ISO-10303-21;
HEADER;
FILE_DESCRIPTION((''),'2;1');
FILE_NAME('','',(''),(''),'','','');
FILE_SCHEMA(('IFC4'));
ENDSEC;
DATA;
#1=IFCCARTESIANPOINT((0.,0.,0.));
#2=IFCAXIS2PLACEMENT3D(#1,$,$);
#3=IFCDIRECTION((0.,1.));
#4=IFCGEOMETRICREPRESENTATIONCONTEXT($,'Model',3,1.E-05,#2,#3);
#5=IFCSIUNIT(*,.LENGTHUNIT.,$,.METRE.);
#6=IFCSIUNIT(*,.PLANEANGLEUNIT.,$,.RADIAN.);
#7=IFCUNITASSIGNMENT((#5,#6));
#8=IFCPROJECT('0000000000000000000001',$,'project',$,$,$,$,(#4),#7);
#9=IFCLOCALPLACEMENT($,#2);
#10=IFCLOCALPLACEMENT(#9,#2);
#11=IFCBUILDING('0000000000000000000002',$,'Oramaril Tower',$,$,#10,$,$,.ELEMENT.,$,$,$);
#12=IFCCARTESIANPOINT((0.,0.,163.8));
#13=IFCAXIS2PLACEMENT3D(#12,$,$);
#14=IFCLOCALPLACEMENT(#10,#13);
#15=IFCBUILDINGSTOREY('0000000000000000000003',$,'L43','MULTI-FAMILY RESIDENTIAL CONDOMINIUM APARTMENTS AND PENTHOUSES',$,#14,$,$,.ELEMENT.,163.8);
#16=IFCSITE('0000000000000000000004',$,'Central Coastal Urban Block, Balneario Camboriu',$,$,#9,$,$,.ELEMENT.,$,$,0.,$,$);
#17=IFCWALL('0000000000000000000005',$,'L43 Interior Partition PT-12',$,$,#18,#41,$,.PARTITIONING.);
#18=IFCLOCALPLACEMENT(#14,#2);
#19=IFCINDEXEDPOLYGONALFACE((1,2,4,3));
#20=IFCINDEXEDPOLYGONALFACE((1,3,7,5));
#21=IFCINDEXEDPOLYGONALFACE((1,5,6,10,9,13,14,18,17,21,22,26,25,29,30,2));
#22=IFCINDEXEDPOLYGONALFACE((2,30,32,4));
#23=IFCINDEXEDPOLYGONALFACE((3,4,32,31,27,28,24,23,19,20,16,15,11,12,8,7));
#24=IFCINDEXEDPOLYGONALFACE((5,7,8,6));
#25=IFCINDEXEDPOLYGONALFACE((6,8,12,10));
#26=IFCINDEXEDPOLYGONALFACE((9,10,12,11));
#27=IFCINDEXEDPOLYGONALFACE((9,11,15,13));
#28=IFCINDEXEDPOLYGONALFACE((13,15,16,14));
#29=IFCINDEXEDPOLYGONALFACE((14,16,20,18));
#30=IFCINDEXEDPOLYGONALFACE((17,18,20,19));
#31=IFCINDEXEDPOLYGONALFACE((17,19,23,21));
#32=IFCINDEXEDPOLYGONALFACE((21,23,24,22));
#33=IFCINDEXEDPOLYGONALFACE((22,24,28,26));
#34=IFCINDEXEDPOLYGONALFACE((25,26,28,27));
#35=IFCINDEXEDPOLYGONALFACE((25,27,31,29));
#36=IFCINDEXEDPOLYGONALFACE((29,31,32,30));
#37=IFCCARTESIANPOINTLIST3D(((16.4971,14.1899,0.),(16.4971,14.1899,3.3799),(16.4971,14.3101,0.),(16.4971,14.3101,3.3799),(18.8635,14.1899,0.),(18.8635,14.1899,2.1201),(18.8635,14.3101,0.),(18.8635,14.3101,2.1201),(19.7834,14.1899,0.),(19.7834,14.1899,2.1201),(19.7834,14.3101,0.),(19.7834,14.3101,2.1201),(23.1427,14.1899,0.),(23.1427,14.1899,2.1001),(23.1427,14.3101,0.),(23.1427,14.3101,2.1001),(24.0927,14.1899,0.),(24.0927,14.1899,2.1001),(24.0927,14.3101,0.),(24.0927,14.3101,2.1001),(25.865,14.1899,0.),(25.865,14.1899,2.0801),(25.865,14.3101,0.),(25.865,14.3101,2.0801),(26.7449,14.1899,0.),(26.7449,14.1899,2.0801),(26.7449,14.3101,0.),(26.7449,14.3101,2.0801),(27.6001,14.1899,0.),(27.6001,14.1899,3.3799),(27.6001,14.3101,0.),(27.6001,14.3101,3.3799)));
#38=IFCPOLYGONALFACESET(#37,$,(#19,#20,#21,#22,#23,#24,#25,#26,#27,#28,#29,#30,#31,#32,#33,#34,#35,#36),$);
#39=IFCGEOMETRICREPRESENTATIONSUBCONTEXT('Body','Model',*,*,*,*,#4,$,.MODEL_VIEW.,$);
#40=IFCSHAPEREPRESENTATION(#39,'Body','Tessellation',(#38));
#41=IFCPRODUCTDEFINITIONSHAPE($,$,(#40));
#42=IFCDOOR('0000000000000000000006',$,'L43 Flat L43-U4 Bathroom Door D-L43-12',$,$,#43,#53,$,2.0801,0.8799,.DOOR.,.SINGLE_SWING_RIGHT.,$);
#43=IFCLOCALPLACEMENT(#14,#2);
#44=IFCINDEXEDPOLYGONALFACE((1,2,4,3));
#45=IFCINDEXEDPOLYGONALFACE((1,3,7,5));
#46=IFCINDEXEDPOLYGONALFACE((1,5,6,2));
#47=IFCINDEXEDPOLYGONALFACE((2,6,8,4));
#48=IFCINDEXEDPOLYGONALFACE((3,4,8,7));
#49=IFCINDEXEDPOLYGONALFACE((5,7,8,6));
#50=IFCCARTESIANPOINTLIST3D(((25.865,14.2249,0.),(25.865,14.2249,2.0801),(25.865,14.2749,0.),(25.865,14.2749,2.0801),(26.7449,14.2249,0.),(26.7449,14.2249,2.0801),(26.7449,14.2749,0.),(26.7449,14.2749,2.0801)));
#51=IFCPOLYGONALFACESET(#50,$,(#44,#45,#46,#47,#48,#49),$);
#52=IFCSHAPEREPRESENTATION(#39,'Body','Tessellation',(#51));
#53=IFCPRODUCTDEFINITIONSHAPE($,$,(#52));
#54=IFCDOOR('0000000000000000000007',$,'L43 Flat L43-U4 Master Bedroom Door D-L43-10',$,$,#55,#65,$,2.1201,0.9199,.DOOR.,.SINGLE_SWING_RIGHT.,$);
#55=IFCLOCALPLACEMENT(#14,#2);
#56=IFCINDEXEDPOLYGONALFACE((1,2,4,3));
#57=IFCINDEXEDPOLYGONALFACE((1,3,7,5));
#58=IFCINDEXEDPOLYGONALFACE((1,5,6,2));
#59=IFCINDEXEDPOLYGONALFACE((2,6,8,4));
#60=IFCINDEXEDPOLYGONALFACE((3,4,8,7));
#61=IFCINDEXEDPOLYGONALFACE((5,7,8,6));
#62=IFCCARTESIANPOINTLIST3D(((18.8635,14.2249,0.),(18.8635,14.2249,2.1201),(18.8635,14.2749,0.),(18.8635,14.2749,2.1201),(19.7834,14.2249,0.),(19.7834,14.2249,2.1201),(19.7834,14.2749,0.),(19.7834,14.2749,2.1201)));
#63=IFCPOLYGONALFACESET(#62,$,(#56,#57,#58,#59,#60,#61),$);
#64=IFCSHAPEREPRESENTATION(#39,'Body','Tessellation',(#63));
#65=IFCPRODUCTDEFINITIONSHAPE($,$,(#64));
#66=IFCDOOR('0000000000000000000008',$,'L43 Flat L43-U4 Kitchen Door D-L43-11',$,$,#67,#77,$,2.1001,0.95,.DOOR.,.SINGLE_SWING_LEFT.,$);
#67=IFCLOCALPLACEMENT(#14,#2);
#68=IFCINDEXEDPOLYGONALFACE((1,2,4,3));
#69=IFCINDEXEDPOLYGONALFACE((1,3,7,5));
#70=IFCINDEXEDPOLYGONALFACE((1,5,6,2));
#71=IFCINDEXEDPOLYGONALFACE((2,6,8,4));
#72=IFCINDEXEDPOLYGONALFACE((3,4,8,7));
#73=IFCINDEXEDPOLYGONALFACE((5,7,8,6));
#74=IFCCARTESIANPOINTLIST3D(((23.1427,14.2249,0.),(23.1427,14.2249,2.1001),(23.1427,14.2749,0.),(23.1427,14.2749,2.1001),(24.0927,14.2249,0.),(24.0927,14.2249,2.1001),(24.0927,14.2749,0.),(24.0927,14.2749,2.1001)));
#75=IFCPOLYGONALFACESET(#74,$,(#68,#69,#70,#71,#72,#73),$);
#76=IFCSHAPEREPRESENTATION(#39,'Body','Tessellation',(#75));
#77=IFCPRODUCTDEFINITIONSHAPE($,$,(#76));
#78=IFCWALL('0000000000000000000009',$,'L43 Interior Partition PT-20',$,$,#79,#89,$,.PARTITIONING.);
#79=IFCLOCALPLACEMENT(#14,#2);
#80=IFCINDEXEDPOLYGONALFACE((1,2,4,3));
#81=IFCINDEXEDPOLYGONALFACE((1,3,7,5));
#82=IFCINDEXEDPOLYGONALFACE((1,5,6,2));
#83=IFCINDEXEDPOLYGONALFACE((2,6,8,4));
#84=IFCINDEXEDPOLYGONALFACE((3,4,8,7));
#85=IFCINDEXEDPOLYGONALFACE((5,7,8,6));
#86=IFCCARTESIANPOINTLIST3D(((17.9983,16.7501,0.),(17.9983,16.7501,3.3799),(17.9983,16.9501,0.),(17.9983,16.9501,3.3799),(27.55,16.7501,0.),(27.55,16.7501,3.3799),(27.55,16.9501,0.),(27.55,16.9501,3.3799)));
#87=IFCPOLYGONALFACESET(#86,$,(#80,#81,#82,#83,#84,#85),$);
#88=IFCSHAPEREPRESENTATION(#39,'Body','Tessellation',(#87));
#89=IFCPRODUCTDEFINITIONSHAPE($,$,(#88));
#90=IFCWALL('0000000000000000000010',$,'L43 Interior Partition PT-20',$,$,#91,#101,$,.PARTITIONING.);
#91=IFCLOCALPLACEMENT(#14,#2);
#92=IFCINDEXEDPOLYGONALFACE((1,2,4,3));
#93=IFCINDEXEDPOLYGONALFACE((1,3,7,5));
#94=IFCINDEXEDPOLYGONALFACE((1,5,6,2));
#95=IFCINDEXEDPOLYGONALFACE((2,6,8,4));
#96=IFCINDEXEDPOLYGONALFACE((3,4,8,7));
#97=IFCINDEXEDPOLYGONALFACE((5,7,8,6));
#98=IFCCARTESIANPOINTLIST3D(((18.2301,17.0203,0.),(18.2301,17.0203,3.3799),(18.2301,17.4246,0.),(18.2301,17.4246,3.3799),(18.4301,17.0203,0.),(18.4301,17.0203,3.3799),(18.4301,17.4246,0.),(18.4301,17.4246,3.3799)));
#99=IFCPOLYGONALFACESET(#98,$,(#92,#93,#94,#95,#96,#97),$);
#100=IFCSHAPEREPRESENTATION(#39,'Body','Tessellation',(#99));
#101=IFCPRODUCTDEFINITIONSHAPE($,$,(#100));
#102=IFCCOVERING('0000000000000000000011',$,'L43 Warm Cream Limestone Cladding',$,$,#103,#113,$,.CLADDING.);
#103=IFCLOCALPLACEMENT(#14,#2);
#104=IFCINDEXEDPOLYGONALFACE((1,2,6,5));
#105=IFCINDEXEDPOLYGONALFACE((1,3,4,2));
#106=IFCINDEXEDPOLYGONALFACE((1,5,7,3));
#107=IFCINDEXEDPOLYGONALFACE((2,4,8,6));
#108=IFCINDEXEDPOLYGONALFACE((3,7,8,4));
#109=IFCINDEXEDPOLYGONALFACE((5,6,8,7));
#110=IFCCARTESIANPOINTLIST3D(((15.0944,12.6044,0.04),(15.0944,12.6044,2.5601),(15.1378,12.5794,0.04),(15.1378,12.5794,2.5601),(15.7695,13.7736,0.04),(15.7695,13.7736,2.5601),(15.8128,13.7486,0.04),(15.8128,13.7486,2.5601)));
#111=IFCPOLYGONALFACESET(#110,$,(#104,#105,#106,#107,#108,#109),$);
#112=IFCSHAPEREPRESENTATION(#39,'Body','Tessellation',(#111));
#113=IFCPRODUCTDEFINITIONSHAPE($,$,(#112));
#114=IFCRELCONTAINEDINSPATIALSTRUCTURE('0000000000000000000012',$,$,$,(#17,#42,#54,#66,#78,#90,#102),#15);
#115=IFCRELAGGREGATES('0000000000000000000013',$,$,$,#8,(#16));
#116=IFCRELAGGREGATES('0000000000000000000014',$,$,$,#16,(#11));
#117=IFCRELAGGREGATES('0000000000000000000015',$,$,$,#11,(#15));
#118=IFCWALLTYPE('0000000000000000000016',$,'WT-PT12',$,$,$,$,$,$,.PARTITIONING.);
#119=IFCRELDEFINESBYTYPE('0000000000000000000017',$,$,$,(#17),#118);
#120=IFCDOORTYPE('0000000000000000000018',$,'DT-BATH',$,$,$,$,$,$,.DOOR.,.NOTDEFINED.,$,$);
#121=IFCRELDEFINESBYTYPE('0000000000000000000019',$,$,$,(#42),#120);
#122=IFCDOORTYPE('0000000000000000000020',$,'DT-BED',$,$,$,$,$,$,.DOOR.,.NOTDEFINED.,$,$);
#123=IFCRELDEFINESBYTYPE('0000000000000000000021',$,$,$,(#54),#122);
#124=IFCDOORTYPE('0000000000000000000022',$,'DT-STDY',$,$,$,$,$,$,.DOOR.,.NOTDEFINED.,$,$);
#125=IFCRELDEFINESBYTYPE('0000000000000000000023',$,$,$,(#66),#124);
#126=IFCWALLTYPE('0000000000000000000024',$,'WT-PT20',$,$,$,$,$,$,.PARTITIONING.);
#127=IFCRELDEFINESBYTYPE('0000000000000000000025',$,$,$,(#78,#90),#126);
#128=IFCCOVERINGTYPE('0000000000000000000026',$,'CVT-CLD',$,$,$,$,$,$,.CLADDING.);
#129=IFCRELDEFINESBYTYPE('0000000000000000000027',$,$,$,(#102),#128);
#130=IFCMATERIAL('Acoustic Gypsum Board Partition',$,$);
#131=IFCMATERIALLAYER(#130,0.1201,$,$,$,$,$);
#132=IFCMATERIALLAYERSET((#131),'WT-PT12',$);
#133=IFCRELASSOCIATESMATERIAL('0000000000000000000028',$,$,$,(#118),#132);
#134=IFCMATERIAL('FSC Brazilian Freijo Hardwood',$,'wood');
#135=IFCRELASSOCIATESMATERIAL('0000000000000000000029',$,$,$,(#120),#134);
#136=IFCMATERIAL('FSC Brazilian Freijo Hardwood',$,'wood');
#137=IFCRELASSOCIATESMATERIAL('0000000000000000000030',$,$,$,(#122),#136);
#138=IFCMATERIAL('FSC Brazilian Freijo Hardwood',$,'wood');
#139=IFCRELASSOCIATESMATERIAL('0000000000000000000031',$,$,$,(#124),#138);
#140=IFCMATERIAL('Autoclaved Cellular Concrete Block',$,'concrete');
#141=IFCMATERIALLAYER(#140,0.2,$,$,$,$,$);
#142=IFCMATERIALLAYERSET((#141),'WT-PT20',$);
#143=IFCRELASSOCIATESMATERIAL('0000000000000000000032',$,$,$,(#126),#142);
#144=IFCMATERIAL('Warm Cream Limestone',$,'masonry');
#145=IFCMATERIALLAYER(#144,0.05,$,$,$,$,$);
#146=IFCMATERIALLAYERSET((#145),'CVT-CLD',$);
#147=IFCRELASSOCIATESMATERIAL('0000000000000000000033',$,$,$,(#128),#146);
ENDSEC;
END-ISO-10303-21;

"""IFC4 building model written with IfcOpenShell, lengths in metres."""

from ifc_helpers import new_model, si_unit, direction, frame, frame_2d, origin, origin_2d, place, context, subcontext, project, spatial, rectangle, extrude, material, layer, layer_set, type_object, element, fill, save


model = new_model("IFC4")

# Units and contexts
model_context = context("Model", 3, precision=1e-05, world=origin(), true_north=direction((0.0, 1.0)))
body_context = subcontext(model_context, "Body", "Model", "MODEL_VIEW")
ifc_project = project(units=[si_unit("LENGTHUNIT", "METRE"), si_unit("PLANEANGLEUNIT", "RADIAN")], contexts=[model_context])

# Site, building, storey
site_placement = place(None, origin())
site = spatial("IfcSite", under=ifc_project, at=site_placement, Name="Central Coastal Urban Block, Balneario Camboriu", CompositionType="ELEMENT", RefElevation=0.0)
building_placement = place(site_placement, origin())
building = spatial("IfcBuilding", under=site, at=building_placement, Name="Oramaril Tower", CompositionType="ELEMENT")
storey_placement = place(building_placement, frame((0.0, 0.0, 163.8)))
storey = spatial("IfcBuildingStorey", under=building, at=storey_placement, Name="L43", Description="MULTI-FAMILY RESIDENTIAL CONDOMINIUM APARTMENTS AND PENTHOUSES", CompositionType="ELEMENT", Elevation=163.8)

# Wall, openings, doors
ifc_material_1 = material(Name="Acoustic Gypsum Board Partition")
ifc_layer_1 = layer(ifc_material_1, 0.1201)
ifc_layer_set_1 = layer_set([ifc_layer_1], Name="WT-PT12")
wall_type_1 = type_object("IfcWallType", Name="WT-PT12", PredefinedType="PARTITIONING", material=ifc_layer_set_1)
wall_1_placement = place(storey_placement, frame((16.4971, 14.25, 0.0), z_axis=(0.0, 0.0, 1.0), x_axis=(1.0, 0.0, 0.0)))
wall_1 = element("IfcWall", 1, at=wall_1_placement, inside=storey, type_object=wall_type_1, Name="L43 Interior Partition PT-12", PredefinedType="PARTITIONING", context=body_context, shape_type="SweptSolid", body=[
    extrude(rectangle(XDim=11.103, YDim=0.1201, at=frame_2d((5.5515, 0.0))), origin(), (0.0, 0.0, 1.0), 3.3799),
])
opening_1_placement = place(wall_1_placement, frame((2.3665, 0.0, 0.0)))
opening_1 = element("IfcOpeningElement", 2, at=opening_1_placement, cuts=wall_1, PredefinedType="OPENING", context=body_context, shape_type="SweptSolid", body=[
    extrude(rectangle(XDim=0.9199, YDim=2.1201, at=frame_2d((0.46, 1.0601))), frame((0.0, 0.0601, 0.0), z_axis=(0.0, -1.0, 0.0), x_axis=(1.0, 0.0, 0.0)), (0.0, 0.0, 1.0), 0.1201),
])
opening_2_placement = place(wall_1_placement, frame((6.6455, 0.0, 0.0)))
opening_2 = element("IfcOpeningElement", 3, at=opening_2_placement, cuts=wall_1, PredefinedType="OPENING", context=body_context, shape_type="SweptSolid", body=[
    extrude(rectangle(XDim=0.95, YDim=2.1001, at=frame_2d((0.4751, 1.05))), frame((0.0, 0.0601, 0.0), z_axis=(0.0, -1.0, 0.0), x_axis=(1.0, 0.0, 0.0)), (0.0, 0.0, 1.0), 0.1201),
])
opening_3_placement = place(wall_1_placement, frame((9.3679, 0.0, 0.0)))
opening_3 = element("IfcOpeningElement", 4, at=opening_3_placement, cuts=wall_1, PredefinedType="OPENING", context=body_context, shape_type="SweptSolid", body=[
    extrude(rectangle(XDim=0.8799, YDim=2.0801, at=frame_2d((0.4399, 1.04))), frame((0.0, 0.0601, 0.0), z_axis=(0.0, -1.0, 0.0), x_axis=(1.0, 0.0, 0.0)), (0.0, 0.0, 1.0), 0.1201),
])
ifc_material_2 = material(Name="FSC Brazilian Freijo Hardwood", Category="wood")
door_type_1 = type_object("IfcDoorType", Name="DT-BATH", OperationType="NOTDEFINED", PredefinedType="DOOR", material=ifc_material_2)
door_1_placement = place(opening_3_placement, origin())
door_1 = element("IfcDoor", 5, at=door_1_placement, inside=storey, type_object=door_type_1, Name="L43 Flat L43-U4 Bathroom Door D-L43-12", OperationType="SINGLE_SWING_RIGHT", OverallHeight=2.0801, OverallWidth=0.8799, PredefinedType="DOOR", context=body_context, shape_type="SweptSolid", body=[
    extrude(rectangle(XDim=0.8799, YDim=2.0801, at=frame_2d((0.4399, 1.04))), frame((0.0, 0.0249, 0.0), z_axis=(0.0, -1.0, 0.0), x_axis=(1.0, 0.0, 0.0)), (0.0, 0.0, 1.0), 0.05),
])
fill(opening_3, door_1)
ifc_material_3 = material(Name="FSC Brazilian Freijo Hardwood", Category="wood")
door_type_2 = type_object("IfcDoorType", Name="DT-BED", OperationType="NOTDEFINED", PredefinedType="DOOR", material=ifc_material_3)
door_2_placement = place(opening_1_placement, origin())
door_2 = element("IfcDoor", 6, at=door_2_placement, inside=storey, type_object=door_type_2, Name="L43 Flat L43-U4 Master Bedroom Door D-L43-10", OperationType="SINGLE_SWING_RIGHT", OverallHeight=2.1201, OverallWidth=0.9199, PredefinedType="DOOR", context=body_context, shape_type="SweptSolid", body=[
    extrude(rectangle(XDim=0.9199, YDim=2.1201, at=frame_2d((0.46, 1.0601))), frame((0.0, 0.0249, 0.0), z_axis=(0.0, -1.0, 0.0), x_axis=(1.0, 0.0, 0.0)), (0.0, 0.0, 1.0), 0.05),
])
fill(opening_1, door_2)
ifc_material_4 = material(Name="FSC Brazilian Freijo Hardwood", Category="wood")
door_type_3 = type_object("IfcDoorType", Name="DT-STDY", OperationType="NOTDEFINED", PredefinedType="DOOR", material=ifc_material_4)
door_3_placement = place(opening_2_placement, origin())
door_3 = element("IfcDoor", 7, at=door_3_placement, inside=storey, type_object=door_type_3, Name="L43 Flat L43-U4 Kitchen Door D-L43-11", OperationType="SINGLE_SWING_LEFT", OverallHeight=2.1001, OverallWidth=0.95, PredefinedType="DOOR", context=body_context, shape_type="SweptSolid", body=[
    extrude(rectangle(XDim=0.95, YDim=2.1001, at=frame_2d((0.4751, 1.05))), frame((0.0, 0.0249, 0.0), z_axis=(0.0, -1.0, 0.0), x_axis=(1.0, 0.0, 0.0)), (0.0, 0.0, 1.0), 0.05),
])
fill(opening_2, door_3)

# Wall
ifc_material_5 = material(Name="Autoclaved Cellular Concrete Block", Category="concrete")
ifc_layer_2 = layer(ifc_material_5, 0.2)
ifc_layer_set_2 = layer_set([ifc_layer_2], Name="WT-PT20")
wall_type_2 = type_object("IfcWallType", Name="WT-PT20", PredefinedType="PARTITIONING", material=ifc_layer_set_2)
wall_2_placement = place(storey_placement, frame((17.9983, 16.8501, 0.0), z_axis=(0.0, 0.0, 1.0), x_axis=(1.0, 0.0, 0.0)))
element("IfcWall", 8, at=wall_2_placement, inside=storey, type_object=wall_type_2, Name="L43 Interior Partition PT-20", PredefinedType="PARTITIONING", context=body_context, shape_type="SweptSolid", body=[
    extrude(rectangle(XDim=9.5518, YDim=0.2, at=frame_2d((4.7759, 0.0))), origin(), (0.0, 0.0, 1.0), 3.3799),
])

# Wall
wall_3_placement = place(storey_placement, frame((18.3301, 17.0203, 0.0), z_axis=(0.0, 0.0, 1.0), x_axis=(0.0, 1.0, 0.0)))
element("IfcWall", 9, at=wall_3_placement, inside=storey, type_object=wall_type_2, Name="L43 Interior Partition PT-20", PredefinedType="PARTITIONING", context=body_context, shape_type="SweptSolid", body=[
    extrude(rectangle(XDim=0.4043, YDim=0.2, at=frame_2d((0.2021, 0.0))), origin(), (0.0, 0.0, 1.0), 3.3799),
])

# Covering
ifc_material_6 = material(Name="Warm Cream Limestone", Category="masonry")
ifc_layer_3 = layer(ifc_material_6, 0.05)
ifc_layer_set_3 = layer_set([ifc_layer_3], Name="CVT-CLD")
covering_type = type_object("IfcCoveringType", Name="CVT-CLD", PredefinedType="CLADDING", material=ifc_layer_set_3)
covering_placement = place(storey_placement, frame((15.4536, 13.1765, 0.04), z_axis=(0.0, 0.0, 1.0), x_axis=(-0.5, -0.866025, 0.0)))
element("IfcCovering", 10, at=covering_placement, inside=storey, type_object=covering_type, Name="L43 Warm Cream Limestone Cladding", PredefinedType="CLADDING", context=body_context, shape_type="SweptSolid", body=[
    extrude(rectangle(XDim=1.3501, YDim=0.05, at=origin_2d()), origin(), (0.0, 0.0, 1.0), 2.52),
])

save(model, "model.ifc")
